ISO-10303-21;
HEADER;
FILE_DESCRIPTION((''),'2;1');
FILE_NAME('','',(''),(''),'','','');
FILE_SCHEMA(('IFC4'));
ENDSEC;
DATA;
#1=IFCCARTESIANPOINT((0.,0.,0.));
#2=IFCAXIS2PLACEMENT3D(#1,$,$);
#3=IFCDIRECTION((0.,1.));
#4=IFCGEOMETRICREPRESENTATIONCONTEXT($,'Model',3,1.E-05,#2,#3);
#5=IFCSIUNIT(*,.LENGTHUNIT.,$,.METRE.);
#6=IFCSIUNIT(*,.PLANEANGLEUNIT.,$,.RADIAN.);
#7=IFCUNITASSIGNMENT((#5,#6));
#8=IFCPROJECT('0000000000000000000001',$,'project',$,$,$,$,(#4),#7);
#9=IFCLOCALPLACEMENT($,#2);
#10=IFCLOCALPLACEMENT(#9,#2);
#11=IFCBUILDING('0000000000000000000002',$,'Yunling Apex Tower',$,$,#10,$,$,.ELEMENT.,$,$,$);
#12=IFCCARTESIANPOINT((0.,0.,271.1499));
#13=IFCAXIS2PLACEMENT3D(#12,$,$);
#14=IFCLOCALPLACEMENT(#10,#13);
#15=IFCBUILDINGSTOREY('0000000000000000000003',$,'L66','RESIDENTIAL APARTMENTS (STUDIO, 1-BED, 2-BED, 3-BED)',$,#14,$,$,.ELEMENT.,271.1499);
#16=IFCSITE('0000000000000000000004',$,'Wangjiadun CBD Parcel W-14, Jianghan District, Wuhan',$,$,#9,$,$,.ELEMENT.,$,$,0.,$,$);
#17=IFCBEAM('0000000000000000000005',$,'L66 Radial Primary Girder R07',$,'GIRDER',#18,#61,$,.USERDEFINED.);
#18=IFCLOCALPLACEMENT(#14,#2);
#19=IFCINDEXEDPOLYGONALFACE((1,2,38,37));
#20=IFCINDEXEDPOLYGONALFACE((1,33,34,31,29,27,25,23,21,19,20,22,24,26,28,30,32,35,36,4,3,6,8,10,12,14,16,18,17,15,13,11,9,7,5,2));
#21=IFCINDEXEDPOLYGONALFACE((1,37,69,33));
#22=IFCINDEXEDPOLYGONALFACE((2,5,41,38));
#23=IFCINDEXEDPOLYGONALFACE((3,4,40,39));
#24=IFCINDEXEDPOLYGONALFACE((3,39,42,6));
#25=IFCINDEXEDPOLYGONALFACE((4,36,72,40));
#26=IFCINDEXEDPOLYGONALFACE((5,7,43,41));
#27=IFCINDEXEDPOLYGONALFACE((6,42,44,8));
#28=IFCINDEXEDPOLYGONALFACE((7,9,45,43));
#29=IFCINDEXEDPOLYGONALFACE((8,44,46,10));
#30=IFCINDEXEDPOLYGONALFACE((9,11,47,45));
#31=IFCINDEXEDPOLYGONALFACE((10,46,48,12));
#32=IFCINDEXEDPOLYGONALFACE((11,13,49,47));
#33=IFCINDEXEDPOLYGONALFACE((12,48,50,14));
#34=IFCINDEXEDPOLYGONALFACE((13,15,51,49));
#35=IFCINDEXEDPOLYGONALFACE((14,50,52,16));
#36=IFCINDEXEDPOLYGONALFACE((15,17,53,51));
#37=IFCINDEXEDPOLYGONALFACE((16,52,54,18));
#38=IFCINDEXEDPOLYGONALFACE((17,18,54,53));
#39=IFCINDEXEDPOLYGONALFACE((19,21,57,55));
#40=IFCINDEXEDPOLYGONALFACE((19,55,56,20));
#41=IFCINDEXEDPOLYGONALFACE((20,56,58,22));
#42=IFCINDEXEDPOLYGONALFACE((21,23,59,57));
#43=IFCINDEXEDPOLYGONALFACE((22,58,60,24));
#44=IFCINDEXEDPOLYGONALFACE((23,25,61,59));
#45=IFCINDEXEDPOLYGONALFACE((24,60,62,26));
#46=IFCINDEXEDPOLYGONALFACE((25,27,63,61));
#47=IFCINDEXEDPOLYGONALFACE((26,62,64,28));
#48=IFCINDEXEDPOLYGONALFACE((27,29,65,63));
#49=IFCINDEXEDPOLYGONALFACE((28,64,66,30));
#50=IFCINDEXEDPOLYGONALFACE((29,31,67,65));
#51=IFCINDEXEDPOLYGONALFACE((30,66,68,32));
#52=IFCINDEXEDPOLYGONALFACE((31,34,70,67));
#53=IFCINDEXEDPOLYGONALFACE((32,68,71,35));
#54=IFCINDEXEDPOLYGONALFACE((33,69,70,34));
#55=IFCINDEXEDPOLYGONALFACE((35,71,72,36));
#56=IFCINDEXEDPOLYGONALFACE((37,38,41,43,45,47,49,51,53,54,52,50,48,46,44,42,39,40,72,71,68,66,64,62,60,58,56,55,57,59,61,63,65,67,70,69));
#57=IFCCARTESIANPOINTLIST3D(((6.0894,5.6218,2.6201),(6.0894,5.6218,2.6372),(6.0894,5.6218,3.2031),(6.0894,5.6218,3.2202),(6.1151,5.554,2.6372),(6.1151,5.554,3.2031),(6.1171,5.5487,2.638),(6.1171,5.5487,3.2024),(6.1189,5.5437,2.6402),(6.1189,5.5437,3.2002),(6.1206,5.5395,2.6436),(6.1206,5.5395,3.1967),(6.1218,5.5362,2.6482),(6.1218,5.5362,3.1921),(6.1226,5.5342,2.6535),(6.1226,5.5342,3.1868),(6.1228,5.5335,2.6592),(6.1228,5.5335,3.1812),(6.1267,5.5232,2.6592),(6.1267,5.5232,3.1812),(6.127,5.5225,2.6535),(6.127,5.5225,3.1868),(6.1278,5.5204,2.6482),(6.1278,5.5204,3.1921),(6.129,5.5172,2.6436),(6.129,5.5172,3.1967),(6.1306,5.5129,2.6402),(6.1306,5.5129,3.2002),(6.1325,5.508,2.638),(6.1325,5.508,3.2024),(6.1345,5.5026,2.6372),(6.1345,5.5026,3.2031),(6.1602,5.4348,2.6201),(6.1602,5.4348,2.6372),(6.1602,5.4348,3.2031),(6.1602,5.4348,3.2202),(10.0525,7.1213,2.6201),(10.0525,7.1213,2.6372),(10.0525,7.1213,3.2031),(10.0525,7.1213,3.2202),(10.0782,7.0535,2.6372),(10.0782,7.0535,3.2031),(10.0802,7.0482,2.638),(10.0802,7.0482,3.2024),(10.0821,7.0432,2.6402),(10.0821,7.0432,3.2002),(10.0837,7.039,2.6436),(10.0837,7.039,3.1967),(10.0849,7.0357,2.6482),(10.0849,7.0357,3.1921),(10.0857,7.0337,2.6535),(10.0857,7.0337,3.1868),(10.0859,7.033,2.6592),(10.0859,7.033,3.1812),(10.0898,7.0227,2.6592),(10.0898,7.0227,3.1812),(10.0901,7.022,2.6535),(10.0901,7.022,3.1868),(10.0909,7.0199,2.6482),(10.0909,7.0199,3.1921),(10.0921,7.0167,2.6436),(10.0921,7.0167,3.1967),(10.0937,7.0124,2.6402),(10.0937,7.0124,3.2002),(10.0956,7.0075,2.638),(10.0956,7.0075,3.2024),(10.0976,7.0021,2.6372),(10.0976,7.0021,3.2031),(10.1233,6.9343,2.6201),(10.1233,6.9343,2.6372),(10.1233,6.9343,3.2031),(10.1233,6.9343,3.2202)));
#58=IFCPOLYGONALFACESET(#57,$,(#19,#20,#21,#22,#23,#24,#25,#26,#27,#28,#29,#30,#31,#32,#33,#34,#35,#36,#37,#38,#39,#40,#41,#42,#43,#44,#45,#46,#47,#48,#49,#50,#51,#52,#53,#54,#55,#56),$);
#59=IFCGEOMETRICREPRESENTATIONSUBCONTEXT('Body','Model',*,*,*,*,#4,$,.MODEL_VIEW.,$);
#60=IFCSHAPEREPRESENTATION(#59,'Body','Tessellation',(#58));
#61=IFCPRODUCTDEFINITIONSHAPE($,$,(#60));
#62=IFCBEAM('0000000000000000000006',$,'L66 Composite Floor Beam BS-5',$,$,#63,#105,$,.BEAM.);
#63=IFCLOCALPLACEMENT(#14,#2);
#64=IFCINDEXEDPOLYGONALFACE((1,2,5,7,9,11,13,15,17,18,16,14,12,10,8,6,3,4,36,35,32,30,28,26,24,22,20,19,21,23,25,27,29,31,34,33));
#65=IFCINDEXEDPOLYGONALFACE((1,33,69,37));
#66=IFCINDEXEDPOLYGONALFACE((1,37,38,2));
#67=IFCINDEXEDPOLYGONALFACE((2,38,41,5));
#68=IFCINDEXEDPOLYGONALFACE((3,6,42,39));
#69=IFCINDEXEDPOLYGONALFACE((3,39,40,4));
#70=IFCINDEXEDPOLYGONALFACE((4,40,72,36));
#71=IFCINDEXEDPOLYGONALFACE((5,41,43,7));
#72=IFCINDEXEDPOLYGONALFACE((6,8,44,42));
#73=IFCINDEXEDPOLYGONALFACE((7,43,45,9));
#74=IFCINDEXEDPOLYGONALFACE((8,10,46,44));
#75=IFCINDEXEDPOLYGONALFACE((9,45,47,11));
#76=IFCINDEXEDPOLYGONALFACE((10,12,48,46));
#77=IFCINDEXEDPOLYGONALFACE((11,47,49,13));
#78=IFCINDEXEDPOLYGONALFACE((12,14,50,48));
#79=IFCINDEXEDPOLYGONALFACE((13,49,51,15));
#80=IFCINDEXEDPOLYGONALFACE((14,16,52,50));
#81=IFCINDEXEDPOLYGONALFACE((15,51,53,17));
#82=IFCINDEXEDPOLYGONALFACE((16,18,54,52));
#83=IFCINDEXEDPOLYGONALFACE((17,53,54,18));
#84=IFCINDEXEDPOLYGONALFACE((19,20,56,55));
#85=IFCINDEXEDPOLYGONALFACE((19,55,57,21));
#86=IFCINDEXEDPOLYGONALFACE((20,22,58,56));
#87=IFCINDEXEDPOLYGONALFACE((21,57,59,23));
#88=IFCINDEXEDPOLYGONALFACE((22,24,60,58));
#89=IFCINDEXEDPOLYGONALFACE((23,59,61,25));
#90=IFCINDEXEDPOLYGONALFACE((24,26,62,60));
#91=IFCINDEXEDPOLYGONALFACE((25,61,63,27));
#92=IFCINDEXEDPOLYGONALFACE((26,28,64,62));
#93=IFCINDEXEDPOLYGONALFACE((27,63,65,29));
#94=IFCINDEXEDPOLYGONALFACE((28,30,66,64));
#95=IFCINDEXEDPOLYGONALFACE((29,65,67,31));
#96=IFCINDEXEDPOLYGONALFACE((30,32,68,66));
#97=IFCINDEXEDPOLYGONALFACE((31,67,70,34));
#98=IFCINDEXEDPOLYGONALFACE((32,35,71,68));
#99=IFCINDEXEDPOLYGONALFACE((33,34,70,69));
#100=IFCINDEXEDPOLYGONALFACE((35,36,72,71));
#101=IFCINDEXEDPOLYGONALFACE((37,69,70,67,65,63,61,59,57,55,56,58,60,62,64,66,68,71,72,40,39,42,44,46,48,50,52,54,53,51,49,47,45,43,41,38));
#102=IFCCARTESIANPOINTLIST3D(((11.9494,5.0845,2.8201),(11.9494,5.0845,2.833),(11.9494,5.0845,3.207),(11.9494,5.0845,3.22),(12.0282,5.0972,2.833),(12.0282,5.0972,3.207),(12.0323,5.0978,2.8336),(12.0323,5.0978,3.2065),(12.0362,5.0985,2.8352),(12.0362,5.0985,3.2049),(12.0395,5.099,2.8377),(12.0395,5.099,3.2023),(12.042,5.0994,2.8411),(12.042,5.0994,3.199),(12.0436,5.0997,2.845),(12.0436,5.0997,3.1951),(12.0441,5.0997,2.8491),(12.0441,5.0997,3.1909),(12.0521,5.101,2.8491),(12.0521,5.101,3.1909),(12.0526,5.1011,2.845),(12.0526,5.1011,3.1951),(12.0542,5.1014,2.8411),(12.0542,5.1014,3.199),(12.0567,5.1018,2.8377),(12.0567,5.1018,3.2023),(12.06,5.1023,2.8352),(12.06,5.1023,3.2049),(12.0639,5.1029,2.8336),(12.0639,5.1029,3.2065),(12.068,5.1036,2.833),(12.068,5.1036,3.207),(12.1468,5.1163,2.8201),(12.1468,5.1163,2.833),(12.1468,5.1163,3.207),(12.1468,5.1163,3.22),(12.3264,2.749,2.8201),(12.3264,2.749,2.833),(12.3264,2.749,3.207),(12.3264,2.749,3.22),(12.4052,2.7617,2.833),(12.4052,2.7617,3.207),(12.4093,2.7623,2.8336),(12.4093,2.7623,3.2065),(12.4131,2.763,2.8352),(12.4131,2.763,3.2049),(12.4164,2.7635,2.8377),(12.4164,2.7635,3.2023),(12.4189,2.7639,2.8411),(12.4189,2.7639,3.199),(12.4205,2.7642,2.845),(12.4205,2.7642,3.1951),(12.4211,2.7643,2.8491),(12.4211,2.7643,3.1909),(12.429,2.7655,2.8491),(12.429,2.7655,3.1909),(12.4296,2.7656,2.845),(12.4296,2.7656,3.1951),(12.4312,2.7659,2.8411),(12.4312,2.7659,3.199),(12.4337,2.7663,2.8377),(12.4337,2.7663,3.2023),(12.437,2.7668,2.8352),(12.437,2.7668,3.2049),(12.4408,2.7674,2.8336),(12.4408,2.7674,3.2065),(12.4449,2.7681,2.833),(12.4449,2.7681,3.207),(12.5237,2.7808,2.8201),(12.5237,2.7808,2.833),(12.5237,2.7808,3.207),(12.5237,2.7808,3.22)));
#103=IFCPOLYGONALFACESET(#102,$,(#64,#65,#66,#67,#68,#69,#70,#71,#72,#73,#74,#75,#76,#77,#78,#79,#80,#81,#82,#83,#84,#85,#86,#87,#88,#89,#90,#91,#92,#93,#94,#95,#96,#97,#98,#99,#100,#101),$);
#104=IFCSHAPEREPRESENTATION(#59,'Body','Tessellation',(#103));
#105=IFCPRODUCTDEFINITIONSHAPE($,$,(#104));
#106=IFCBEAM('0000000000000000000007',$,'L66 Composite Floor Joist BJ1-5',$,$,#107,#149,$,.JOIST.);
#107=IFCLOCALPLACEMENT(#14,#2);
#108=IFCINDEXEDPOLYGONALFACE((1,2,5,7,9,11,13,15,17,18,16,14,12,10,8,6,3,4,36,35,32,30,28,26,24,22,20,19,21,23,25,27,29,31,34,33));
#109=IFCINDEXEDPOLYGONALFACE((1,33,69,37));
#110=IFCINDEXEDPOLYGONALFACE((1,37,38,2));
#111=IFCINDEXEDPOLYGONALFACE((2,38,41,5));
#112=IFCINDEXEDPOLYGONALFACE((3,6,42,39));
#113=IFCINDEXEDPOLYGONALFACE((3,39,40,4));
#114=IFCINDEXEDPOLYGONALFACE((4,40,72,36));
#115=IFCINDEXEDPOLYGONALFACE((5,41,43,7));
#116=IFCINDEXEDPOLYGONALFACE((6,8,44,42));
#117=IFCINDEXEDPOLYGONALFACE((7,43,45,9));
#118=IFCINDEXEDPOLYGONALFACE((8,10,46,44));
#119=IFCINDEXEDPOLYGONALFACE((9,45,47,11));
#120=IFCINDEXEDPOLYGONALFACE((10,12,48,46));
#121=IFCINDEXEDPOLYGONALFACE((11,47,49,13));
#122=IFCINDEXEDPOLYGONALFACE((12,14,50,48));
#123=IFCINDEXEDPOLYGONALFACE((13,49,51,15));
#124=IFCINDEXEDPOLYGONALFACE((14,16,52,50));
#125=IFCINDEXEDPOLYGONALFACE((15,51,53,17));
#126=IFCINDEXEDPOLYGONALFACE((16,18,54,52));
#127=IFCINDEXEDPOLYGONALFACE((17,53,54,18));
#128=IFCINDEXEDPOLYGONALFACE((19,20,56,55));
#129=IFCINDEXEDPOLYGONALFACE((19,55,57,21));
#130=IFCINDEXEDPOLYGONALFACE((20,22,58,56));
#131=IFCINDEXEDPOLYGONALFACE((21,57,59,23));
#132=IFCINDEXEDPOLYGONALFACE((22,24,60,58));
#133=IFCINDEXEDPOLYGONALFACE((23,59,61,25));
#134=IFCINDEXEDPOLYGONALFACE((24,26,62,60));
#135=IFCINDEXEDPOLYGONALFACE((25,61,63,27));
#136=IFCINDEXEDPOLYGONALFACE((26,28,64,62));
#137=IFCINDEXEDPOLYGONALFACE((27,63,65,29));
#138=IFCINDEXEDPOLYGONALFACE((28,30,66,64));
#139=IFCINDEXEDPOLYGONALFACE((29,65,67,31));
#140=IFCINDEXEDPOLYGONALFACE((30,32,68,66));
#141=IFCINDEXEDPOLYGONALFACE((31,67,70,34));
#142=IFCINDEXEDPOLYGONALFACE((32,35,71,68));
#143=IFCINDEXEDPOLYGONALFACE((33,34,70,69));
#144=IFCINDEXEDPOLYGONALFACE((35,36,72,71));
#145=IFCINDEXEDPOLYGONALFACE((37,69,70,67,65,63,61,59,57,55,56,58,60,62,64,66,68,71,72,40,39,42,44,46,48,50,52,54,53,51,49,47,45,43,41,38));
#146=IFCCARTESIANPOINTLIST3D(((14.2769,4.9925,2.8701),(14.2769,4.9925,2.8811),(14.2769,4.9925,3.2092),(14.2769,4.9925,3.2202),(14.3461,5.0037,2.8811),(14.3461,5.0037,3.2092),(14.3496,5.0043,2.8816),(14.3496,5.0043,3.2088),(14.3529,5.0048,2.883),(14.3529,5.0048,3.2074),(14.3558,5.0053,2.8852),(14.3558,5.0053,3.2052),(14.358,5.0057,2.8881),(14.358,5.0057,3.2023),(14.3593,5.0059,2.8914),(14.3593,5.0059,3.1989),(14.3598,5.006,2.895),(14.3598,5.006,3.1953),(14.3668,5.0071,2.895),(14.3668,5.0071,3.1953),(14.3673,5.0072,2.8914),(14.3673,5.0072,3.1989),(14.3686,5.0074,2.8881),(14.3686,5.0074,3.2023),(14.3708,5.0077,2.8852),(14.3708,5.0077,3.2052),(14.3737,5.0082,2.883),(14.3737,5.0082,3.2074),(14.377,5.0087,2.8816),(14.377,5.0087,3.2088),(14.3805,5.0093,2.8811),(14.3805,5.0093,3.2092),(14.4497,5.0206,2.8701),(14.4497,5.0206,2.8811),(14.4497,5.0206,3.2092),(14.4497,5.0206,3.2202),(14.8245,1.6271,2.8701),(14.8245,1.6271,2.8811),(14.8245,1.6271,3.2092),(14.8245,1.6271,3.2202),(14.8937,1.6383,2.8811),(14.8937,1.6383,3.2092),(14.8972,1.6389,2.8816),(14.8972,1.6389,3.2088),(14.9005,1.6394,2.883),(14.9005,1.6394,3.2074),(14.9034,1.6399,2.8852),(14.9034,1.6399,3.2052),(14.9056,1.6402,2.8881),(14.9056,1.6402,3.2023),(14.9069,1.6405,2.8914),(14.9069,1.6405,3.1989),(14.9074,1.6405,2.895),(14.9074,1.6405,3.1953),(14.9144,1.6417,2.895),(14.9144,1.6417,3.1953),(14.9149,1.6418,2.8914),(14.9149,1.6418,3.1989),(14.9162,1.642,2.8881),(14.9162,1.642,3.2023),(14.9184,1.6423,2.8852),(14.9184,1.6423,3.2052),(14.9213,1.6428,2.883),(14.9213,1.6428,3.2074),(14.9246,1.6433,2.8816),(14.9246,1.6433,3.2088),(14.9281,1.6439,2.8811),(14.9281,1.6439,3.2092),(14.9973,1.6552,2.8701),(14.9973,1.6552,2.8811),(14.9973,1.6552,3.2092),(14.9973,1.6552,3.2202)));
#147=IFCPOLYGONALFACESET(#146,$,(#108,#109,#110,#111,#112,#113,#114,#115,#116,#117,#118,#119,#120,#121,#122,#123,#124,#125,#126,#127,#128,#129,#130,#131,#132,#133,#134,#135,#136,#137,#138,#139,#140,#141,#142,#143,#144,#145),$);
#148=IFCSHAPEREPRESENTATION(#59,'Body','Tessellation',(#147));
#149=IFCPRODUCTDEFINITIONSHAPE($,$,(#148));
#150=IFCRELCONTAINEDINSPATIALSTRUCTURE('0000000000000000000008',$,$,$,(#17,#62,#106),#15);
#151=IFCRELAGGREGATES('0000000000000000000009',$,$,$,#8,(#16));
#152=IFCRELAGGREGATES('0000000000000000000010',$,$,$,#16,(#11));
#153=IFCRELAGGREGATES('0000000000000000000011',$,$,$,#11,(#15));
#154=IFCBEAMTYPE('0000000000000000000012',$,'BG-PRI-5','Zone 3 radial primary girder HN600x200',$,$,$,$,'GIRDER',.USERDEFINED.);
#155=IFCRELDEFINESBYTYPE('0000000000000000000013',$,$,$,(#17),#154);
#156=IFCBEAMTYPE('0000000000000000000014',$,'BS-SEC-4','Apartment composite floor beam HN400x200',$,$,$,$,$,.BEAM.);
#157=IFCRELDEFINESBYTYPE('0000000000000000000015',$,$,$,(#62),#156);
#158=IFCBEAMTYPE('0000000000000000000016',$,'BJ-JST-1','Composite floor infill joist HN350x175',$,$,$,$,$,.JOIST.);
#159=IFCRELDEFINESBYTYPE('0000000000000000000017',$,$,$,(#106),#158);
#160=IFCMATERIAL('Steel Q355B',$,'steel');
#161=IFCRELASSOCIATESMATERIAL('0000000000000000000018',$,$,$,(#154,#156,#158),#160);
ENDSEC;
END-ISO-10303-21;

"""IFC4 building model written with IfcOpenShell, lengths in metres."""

from ifc_helpers import new_model, si_unit, direction, frame, origin, origin_2d, place, context, subcontext, project, spatial, i_section, extrude, source, transform, mapped, material, material_profile, profile_set, type_object, element, save


model = new_model("IFC4")

# Units and contexts
model_context = context("Model", 3, precision=1e-05, world=origin(), true_north=direction((0.0, 1.0)))
body_context = subcontext(model_context, "Body", "Model", "MODEL_VIEW")
ifc_project = project(units=[si_unit("LENGTHUNIT", "METRE"), si_unit("PLANEANGLEUNIT", "RADIAN")], contexts=[model_context])

# Site, building, storey
site_placement = place(None, origin())
site = spatial("IfcSite", under=ifc_project, at=site_placement, Name="Wangjiadun CBD Parcel W-14, Jianghan District, Wuhan", CompositionType="ELEMENT", RefElevation=0.0)
building_placement = place(site_placement, origin())
building = spatial("IfcBuilding", under=site, at=building_placement, Name="Yunling Apex Tower", CompositionType="ELEMENT")
storey_placement = place(building_placement, frame((0.0, 0.0, 271.1499)))
storey = spatial("IfcBuildingStorey", under=building, at=storey_placement, Name="L66", Description="RESIDENTIAL APARTMENTS (STUDIO, 1-BED, 2-BED, 3-BED)", CompositionType="ELEMENT", Elevation=271.1499)

# Shared definitions
ifc_material_1 = material(Name="Steel Q355B", Category="steel")

# Beams
ifc_material_profile_1 = material_profile(ifc_material_1, i_section(OverallWidth=0.2, OverallDepth=0.6001, WebThickness=0.011, FlangeThickness=0.0171, FilletRadius=0.022, at=origin_2d()))
ifc_profile_set_1 = profile_set([ifc_material_profile_1], Name="Steel Q355B")
beam_type_1 = type_object("IfcBeamType", Name="BG-PRI-5", Description="Zone 3 radial primary girder HN600x200", ElementType="GIRDER", PredefinedType="USERDEFINED", material=ifc_profile_set_1)
shared_shape_1 = source(origin(), body_context, "Body", "SweptSolid", [
    extrude(i_section(OverallWidth=0.2, OverallDepth=0.6001, WebThickness=0.011, FlangeThickness=0.0171, FilletRadius=0.022, at=origin_2d()), origin(), (0.0, 0.0, 1.0), 4.2373),
])
beam_1_placement = place(storey_placement, frame((10.0879, 7.0278, 2.9202), z_axis=(-0.93529, -0.353881, 0.0), x_axis=(0.353881, -0.93529, 0.0)))
element("IfcBeam", 1, at=beam_1_placement, inside=storey, type_object=beam_type_1, Name="L66 Radial Primary Girder R07", ObjectType="GIRDER", PredefinedType="USERDEFINED", context=body_context, shape_type="MappedRepresentation", body=[
    mapped(shared_shape_1, transform((0.0, 0.0, 0.0), scale=1.0)),
])
ifc_material_profile_2 = material_profile(ifc_material_1, i_section(OverallWidth=0.2, OverallDepth=0.3999, WebThickness=0.0081, FlangeThickness=0.0129, FilletRadius=0.0161, at=origin_2d()))
ifc_profile_set_2 = profile_set([ifc_material_profile_2], Name="Steel Q355B")
beam_type_2 = type_object("IfcBeamType", Name="BS-SEC-4", Description="Apartment composite floor beam HN400x200", PredefinedType="BEAM", material=ifc_profile_set_2)
shared_shape_2 = source(origin(), body_context, "Body", "SweptSolid", [
    extrude(i_section(OverallWidth=0.2, OverallDepth=0.3999, WebThickness=0.0081, FlangeThickness=0.0129, FilletRadius=0.0161, at=origin_2d()), origin(), (0.0, 0.0, 1.0), 2.3657),
])
beam_2_placement = place(storey_placement, frame((12.425, 2.7649, 3.02), z_axis=(-0.159343, 0.987223, 0.0), x_axis=(-0.987223, -0.159343, 0.0)))
element("IfcBeam", 2, at=beam_2_placement, inside=storey, type_object=beam_type_2, Name="L66 Composite Floor Beam BS-5", PredefinedType="BEAM", context=body_context, shape_type="MappedRepresentation", body=[
    mapped(shared_shape_2, transform((0.0, 0.0, 0.0), scale=1.0)),
])
ifc_material_profile_3 = material_profile(ifc_material_1, i_section(OverallWidth=0.175, OverallDepth=0.3501, WebThickness=0.0071, FlangeThickness=0.011, FilletRadius=0.0139, at=origin_2d()))
ifc_profile_set_3 = profile_set([ifc_material_profile_3], Name="Steel Q355B")
beam_type_3 = type_object("IfcBeamType", Name="BJ-JST-1", Description="Composite floor infill joist HN350x175", PredefinedType="JOIST", material=ifc_profile_set_3)
shared_shape_3 = source(origin(), body_context, "Body", "SweptSolid", [
    extrude(i_section(OverallWidth=0.175, OverallDepth=0.3501, WebThickness=0.0071, FlangeThickness=0.011, FilletRadius=0.0139, at=origin_2d()), origin(), (0.0, 0.0, 1.0), 3.4097),
])
beam_3_placement = place(storey_placement, frame((14.9109, 1.6411, 3.0452), z_axis=(-0.160601, 0.987019, 0.0), x_axis=(-0.987019, -0.160601, 0.0)))
element("IfcBeam", 3, at=beam_3_placement, inside=storey, type_object=beam_type_3, Name="L66 Composite Floor Joist BJ1-5", PredefinedType="JOIST", context=body_context, shape_type="MappedRepresentation", body=[
    mapped(shared_shape_3, transform((0.0, 0.0, 0.0), scale=1.0)),
])

save(model, "model.ifc")
